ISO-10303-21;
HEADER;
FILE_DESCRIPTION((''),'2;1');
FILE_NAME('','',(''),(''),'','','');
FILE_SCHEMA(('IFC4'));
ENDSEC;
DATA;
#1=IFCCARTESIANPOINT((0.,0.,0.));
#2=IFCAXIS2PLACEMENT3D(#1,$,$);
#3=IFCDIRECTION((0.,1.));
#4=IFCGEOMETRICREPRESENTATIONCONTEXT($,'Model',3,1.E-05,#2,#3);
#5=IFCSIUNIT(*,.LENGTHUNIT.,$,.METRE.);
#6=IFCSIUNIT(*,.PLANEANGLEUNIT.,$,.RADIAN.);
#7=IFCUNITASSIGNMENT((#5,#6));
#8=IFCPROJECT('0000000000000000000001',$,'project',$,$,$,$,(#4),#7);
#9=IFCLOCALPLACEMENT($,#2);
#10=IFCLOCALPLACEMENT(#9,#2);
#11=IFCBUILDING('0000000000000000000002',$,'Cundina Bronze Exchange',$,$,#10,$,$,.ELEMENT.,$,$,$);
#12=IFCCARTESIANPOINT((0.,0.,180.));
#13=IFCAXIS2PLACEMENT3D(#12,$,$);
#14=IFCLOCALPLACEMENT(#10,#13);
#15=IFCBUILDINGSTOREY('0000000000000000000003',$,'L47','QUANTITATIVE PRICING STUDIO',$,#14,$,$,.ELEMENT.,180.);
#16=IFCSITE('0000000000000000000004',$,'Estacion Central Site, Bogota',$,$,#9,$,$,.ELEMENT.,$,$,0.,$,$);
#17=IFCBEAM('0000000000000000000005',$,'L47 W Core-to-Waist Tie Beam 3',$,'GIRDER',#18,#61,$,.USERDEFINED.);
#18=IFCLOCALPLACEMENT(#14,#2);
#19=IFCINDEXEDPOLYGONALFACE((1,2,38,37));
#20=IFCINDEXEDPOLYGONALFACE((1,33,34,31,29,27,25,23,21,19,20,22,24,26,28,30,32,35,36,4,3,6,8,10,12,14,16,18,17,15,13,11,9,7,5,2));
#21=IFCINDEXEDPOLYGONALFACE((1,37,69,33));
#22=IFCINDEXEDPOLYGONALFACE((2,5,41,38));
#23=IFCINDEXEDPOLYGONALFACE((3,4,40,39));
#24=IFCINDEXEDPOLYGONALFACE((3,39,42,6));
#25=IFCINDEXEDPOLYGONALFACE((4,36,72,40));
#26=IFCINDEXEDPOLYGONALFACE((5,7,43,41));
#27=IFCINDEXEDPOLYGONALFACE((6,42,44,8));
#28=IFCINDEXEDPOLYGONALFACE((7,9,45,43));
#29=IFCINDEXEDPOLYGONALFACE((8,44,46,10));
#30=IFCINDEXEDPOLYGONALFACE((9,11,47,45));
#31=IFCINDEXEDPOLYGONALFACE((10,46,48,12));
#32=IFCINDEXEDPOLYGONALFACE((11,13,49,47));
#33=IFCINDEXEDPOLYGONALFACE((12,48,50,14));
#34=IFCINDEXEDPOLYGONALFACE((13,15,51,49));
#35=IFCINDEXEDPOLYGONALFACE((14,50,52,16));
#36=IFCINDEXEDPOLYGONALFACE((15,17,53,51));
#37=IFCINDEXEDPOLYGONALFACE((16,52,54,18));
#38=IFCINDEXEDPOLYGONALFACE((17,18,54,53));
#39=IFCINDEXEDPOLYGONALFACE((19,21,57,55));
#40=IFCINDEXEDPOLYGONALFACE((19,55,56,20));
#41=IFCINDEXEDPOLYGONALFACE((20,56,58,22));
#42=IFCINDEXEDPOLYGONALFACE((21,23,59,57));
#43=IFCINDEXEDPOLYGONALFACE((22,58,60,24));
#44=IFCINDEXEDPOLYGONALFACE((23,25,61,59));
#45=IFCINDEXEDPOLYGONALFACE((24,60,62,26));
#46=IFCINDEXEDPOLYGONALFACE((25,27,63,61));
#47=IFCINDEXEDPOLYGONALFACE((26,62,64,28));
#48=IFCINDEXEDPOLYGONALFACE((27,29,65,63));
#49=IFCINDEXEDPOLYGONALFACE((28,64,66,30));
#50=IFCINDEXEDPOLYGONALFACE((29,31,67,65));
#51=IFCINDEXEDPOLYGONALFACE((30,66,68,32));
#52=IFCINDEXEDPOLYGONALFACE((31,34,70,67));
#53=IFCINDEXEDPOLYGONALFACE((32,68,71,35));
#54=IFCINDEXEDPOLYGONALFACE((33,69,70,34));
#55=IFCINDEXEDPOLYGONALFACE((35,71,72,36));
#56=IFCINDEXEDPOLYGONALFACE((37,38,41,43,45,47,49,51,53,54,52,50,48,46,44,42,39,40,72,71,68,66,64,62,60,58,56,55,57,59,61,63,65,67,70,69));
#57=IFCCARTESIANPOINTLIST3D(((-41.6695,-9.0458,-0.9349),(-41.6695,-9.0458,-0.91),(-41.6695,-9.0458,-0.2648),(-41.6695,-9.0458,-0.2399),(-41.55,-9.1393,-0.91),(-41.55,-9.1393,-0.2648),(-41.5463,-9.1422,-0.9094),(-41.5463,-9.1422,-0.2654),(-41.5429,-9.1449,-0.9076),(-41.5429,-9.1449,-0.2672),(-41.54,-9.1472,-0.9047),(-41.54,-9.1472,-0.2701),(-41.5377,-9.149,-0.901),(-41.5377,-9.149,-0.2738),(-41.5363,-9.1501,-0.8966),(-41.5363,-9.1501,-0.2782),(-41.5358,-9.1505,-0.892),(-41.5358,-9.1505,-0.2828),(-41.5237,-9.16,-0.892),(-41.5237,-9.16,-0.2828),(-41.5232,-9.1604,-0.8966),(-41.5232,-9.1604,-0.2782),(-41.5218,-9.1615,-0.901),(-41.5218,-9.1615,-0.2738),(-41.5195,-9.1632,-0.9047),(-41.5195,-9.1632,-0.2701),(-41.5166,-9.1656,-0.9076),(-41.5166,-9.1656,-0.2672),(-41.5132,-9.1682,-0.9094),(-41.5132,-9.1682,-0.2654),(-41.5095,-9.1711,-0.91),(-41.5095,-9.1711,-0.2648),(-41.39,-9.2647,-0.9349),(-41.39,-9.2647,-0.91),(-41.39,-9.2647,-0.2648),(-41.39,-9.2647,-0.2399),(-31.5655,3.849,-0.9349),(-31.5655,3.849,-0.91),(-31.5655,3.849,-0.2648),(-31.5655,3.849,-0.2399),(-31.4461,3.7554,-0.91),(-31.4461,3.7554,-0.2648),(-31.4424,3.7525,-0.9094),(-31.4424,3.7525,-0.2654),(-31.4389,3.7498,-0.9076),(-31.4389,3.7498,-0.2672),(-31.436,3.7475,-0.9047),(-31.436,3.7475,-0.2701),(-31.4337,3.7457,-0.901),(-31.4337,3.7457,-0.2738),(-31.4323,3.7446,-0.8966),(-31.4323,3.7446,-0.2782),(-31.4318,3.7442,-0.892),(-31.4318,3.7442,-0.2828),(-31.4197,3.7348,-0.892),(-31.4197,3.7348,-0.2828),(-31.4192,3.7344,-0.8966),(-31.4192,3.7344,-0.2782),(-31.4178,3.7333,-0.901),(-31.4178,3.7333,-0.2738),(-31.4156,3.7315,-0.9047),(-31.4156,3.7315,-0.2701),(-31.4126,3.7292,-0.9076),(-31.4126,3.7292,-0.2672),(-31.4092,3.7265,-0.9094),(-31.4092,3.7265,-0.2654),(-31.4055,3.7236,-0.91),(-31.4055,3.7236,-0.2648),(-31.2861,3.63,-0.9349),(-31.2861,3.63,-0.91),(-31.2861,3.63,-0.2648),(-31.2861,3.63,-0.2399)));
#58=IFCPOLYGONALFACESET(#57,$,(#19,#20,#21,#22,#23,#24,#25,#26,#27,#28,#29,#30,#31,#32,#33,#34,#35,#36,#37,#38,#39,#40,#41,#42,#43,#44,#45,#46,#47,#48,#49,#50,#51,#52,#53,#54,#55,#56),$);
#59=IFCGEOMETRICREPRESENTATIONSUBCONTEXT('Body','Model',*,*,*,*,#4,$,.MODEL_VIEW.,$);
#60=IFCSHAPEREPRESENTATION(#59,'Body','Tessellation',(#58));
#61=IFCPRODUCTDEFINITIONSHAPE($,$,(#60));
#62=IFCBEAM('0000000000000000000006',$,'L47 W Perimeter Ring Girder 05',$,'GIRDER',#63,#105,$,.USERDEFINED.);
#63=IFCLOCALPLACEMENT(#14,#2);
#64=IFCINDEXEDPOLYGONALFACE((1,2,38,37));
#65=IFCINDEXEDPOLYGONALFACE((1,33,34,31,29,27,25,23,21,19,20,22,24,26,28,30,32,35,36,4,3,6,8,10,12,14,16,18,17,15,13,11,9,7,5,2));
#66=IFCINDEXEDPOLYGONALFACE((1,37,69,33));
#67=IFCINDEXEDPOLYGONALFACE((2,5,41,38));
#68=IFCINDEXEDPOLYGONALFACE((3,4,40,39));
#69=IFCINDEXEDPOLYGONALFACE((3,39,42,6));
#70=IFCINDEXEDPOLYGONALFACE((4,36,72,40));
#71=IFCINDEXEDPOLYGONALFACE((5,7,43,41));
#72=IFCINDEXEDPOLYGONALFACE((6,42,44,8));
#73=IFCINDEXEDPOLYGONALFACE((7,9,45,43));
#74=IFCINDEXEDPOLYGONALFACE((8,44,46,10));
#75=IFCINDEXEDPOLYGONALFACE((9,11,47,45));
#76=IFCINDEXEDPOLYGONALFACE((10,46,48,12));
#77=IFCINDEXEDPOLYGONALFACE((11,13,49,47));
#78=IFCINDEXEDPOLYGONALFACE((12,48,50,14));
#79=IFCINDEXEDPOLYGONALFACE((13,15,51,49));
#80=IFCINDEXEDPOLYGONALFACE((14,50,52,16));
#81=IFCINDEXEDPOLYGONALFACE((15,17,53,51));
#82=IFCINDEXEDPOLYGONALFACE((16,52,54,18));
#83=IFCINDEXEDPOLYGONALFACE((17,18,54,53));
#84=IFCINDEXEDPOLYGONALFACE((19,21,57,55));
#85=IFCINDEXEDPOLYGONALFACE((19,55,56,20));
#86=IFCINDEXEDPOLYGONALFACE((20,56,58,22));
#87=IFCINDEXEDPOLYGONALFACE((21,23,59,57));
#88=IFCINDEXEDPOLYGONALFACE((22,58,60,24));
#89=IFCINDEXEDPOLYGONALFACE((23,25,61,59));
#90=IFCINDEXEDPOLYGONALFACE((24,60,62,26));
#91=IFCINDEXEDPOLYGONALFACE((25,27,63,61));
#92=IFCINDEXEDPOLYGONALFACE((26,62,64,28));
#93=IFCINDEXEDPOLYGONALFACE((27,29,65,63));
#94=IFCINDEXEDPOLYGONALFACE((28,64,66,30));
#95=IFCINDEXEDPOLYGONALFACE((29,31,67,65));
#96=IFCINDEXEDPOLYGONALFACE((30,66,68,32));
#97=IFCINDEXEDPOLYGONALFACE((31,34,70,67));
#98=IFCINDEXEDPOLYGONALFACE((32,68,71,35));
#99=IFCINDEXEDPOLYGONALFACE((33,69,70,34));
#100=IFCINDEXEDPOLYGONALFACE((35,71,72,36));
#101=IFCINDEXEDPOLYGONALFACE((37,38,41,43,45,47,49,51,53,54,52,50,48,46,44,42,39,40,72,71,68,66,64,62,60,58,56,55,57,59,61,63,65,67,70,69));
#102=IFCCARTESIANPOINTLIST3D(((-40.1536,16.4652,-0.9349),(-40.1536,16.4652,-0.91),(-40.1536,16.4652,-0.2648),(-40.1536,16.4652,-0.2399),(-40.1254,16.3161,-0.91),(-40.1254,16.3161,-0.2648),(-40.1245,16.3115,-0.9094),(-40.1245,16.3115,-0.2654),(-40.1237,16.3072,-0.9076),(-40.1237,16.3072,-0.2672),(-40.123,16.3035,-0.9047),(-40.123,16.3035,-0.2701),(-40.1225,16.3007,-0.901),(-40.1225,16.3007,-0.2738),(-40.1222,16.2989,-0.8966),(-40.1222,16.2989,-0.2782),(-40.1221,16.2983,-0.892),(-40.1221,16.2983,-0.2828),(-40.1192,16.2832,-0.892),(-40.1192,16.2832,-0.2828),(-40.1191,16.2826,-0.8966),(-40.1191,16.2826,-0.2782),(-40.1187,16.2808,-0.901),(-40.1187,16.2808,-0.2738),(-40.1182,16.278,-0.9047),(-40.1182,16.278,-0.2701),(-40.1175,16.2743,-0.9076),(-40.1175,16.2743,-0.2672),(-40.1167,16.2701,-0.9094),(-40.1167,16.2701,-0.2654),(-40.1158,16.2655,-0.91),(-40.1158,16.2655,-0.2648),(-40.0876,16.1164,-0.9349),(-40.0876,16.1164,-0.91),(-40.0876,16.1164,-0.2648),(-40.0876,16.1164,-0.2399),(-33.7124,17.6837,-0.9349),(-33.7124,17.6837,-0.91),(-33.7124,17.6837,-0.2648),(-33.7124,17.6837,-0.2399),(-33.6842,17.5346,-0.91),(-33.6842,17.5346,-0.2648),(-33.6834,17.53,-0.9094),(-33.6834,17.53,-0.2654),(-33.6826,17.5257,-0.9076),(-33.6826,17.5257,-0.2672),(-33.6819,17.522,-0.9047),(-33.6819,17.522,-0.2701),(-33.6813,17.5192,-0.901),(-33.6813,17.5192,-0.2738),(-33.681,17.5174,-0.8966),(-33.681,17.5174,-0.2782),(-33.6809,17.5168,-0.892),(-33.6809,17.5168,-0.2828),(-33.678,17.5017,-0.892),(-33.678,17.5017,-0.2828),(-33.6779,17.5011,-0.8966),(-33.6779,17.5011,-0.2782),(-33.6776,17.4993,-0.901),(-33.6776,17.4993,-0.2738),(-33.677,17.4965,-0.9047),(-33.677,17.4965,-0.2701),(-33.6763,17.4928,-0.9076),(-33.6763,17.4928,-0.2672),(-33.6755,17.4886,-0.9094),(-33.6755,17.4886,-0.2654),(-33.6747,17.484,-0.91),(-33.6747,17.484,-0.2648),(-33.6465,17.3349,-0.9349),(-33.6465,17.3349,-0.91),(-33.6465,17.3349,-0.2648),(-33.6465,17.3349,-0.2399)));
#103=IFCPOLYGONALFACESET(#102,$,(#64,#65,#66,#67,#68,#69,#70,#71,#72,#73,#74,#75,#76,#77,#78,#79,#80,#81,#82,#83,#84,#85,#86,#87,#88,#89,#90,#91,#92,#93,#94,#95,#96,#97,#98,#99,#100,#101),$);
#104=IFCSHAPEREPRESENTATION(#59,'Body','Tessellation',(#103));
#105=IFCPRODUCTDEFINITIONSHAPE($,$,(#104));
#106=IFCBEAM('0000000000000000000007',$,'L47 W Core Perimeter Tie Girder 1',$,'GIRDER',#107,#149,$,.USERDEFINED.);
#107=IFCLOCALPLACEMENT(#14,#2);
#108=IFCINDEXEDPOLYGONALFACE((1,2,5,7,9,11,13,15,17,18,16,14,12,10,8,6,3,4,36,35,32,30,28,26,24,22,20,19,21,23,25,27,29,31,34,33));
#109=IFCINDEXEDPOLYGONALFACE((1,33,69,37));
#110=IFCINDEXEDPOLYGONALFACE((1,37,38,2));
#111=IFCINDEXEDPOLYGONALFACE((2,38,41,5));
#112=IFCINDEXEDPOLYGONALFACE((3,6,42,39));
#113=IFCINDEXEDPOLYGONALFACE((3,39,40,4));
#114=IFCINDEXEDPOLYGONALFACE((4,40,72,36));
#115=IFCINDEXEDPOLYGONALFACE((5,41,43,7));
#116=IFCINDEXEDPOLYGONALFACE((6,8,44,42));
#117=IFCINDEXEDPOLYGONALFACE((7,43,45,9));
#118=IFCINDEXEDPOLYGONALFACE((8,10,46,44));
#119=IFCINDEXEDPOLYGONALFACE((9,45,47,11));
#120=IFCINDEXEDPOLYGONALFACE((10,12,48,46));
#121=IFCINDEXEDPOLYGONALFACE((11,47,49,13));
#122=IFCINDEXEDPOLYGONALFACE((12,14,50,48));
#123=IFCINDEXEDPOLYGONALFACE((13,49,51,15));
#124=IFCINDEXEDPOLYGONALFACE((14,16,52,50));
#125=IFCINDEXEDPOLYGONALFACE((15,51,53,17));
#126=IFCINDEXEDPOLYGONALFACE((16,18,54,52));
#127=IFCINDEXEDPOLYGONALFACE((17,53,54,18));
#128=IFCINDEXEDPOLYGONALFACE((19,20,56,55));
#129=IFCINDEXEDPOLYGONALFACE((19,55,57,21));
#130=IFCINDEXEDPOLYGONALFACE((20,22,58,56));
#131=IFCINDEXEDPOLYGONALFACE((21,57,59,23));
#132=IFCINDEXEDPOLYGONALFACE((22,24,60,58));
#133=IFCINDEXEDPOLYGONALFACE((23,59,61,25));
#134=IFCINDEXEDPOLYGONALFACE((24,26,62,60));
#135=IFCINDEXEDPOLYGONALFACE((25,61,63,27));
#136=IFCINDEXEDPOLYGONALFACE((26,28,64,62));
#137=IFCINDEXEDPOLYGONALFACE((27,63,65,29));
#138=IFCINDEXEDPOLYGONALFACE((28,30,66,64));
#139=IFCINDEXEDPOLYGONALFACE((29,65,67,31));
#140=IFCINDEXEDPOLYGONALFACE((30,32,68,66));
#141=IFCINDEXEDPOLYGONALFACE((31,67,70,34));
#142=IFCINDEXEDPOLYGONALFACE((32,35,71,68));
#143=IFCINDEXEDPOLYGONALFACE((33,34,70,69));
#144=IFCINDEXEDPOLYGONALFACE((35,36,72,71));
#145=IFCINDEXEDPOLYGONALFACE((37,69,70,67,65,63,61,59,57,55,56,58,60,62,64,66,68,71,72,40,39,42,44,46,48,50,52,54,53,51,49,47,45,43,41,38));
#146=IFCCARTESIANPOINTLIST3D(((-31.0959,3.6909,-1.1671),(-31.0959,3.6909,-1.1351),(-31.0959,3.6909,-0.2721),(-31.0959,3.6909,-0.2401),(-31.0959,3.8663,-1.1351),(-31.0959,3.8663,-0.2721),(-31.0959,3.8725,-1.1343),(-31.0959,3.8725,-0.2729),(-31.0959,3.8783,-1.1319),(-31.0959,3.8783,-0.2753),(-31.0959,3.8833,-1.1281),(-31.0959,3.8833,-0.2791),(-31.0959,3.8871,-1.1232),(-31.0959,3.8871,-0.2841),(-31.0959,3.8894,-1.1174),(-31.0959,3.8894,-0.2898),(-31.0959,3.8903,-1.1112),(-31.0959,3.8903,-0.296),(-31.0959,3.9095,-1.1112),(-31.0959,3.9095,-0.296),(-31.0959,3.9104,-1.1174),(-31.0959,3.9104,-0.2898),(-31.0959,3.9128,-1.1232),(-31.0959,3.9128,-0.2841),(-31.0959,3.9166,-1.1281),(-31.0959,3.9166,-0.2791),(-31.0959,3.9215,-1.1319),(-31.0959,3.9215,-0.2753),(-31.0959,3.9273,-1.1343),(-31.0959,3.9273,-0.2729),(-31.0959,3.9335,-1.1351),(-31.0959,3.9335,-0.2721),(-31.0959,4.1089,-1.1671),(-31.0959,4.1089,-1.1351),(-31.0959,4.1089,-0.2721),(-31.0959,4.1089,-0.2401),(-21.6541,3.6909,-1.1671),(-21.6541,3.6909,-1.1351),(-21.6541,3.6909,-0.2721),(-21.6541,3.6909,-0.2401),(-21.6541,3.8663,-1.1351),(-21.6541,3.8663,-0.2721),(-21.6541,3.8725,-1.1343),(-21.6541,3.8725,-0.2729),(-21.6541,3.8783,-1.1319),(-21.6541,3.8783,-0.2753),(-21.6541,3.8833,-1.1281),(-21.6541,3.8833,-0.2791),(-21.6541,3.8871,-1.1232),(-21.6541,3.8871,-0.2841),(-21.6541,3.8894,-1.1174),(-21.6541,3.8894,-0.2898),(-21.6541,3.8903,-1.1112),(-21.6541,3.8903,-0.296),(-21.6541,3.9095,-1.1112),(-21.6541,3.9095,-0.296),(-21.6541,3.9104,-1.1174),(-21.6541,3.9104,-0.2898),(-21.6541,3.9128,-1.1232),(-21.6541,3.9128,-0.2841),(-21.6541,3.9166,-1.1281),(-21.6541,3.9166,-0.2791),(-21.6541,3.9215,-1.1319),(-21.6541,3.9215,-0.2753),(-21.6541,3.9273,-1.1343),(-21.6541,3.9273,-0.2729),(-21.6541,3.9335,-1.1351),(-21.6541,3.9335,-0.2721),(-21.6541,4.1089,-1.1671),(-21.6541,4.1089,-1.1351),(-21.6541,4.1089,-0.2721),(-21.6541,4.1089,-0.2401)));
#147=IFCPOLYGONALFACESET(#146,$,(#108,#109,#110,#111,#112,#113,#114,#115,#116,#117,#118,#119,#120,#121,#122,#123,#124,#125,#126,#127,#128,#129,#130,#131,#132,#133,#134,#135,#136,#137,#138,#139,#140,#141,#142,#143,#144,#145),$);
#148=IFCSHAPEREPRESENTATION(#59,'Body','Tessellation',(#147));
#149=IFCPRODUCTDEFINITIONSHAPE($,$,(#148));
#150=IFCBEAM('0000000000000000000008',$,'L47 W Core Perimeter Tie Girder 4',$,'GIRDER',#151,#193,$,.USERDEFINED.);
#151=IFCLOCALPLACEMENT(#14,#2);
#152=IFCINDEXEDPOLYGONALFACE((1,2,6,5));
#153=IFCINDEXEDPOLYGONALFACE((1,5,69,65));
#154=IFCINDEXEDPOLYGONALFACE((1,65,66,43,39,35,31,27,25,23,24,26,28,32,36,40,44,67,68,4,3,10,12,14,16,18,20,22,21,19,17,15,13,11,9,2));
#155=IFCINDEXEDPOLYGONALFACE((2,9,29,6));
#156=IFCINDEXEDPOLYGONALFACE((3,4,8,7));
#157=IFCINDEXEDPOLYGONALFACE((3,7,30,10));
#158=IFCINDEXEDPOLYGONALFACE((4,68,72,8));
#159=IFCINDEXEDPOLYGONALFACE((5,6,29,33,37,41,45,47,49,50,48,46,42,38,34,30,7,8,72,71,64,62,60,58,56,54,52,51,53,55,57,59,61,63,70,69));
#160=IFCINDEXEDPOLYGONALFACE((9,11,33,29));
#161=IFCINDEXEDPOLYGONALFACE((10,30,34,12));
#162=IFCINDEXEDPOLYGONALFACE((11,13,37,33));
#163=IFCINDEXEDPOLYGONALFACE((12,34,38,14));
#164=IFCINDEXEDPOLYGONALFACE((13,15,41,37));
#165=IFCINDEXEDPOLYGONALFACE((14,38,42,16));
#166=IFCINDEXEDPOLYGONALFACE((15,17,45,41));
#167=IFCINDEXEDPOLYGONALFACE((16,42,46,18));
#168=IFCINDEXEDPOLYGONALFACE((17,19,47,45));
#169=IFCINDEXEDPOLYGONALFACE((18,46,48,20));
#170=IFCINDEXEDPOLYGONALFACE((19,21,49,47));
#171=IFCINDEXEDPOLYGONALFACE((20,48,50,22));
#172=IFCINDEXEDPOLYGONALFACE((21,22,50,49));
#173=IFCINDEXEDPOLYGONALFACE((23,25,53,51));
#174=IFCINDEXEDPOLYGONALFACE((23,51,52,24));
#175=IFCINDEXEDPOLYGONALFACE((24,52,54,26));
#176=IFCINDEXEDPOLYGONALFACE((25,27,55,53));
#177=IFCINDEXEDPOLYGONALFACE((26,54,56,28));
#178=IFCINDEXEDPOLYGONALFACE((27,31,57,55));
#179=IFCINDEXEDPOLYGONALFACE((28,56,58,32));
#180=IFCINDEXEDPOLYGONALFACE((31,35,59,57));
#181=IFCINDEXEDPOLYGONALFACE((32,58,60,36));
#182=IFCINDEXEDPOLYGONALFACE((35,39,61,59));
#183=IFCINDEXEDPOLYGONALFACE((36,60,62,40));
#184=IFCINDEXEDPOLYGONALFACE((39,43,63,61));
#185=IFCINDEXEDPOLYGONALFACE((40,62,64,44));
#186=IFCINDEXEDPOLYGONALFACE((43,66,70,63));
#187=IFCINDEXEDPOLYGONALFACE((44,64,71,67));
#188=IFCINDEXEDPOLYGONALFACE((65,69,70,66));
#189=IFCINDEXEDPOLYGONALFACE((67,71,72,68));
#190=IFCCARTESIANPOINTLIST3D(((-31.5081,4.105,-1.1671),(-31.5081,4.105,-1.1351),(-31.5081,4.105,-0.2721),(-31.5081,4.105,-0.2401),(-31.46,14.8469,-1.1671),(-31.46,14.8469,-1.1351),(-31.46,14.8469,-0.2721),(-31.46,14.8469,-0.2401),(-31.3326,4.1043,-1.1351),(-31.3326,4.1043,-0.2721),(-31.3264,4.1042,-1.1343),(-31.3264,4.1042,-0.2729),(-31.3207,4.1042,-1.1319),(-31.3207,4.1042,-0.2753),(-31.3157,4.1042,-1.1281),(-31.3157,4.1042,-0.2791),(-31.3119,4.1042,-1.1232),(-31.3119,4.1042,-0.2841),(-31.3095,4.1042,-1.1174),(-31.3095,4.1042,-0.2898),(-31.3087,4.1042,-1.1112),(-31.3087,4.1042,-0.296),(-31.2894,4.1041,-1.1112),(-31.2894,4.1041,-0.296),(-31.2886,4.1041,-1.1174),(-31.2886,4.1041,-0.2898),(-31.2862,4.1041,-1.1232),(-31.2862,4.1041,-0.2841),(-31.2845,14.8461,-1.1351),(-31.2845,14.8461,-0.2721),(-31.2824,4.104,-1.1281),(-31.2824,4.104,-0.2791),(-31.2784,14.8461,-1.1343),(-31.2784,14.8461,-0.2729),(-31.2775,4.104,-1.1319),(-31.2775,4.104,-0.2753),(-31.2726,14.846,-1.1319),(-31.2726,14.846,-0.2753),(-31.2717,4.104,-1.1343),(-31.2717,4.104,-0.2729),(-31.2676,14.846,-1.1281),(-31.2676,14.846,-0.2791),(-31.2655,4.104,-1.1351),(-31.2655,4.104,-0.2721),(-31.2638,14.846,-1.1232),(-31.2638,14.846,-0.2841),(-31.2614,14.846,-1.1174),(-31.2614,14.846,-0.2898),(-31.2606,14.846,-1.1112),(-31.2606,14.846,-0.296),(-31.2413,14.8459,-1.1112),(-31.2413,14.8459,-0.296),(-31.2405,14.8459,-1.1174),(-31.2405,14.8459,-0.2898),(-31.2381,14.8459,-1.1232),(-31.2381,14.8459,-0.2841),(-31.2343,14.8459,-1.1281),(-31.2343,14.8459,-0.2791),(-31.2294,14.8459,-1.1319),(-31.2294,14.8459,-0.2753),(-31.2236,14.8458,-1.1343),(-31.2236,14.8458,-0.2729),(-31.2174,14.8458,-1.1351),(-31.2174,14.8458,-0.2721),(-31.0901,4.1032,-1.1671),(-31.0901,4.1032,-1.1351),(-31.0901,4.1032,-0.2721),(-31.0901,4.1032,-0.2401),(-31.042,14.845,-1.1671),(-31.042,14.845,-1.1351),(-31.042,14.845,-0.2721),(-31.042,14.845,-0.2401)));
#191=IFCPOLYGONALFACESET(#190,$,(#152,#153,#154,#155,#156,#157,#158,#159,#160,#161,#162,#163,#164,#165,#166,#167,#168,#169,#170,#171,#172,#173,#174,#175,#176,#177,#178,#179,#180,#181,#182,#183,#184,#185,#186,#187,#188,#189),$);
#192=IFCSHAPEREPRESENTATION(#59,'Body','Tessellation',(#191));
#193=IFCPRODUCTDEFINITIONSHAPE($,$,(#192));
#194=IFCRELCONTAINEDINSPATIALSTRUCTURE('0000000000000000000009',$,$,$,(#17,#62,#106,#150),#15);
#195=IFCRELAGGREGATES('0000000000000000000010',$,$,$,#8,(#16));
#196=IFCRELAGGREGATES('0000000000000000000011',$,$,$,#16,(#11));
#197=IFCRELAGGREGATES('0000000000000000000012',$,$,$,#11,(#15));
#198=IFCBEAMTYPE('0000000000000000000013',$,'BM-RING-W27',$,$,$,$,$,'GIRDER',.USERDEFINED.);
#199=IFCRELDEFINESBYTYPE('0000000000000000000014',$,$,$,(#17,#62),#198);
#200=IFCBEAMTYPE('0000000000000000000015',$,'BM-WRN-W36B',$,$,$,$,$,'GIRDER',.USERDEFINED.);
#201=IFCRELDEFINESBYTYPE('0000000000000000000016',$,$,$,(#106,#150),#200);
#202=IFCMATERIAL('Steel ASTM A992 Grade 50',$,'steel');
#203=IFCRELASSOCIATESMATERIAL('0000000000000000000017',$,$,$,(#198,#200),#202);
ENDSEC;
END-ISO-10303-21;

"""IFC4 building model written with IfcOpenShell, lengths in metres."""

from ifc_helpers import new_model, si_unit, direction, frame, origin, origin_2d, place, context, subcontext, project, spatial, i_section, extrude, material, material_profile, profile_set, type_object, element, save


model = new_model("IFC4")

# Units and contexts
model_context = context("Model", 3, precision=1e-05, world=origin(), true_north=direction((0.0, 1.0)))
body_context = subcontext(model_context, "Body", "Model", "MODEL_VIEW")
ifc_project = project(units=[si_unit("LENGTHUNIT", "METRE"), si_unit("PLANEANGLEUNIT", "RADIAN")], contexts=[model_context])

# Site, building, storey
site_placement = place(None, origin())
site = spatial("IfcSite", under=ifc_project, at=site_placement, Name="Estacion Central Site, Bogota", CompositionType="ELEMENT", RefElevation=0.0)
building_placement = place(site_placement, origin())
building = spatial("IfcBuilding", under=site, at=building_placement, Name="Cundina Bronze Exchange", CompositionType="ELEMENT")
storey_placement = place(building_placement, frame((0.0, 0.0, 180.0)))
storey = spatial("IfcBuildingStorey", under=building, at=storey_placement, Name="L47", Description="QUANTITATIVE PRICING STUDIO", CompositionType="ELEMENT", Elevation=180.0)

# Shared definitions
ifc_material_1 = material(Name="Steel ASTM A992 Grade 50", Category="steel")

# Beams
ifc_material_profile_1 = material_profile(ifc_material_1, i_section(OverallWidth=0.355, OverallDepth=0.6951, WebThickness=0.0154, FlangeThickness=0.0249, FilletRadius=0.0181, at=origin_2d()), Name="W27X146", Category="steel")
ifc_profile_set_1 = profile_set([ifc_material_profile_1], Name="Steel ASTM A992 Grade 50")
beam_type_1 = type_object("IfcBeamType", Name="BM-RING-W27", ElementType="GIRDER", PredefinedType="USERDEFINED", material=ifc_profile_set_1)
beam_1_placement = place(storey_placement, frame((-31.4258, 3.7395, -0.5874), z_axis=(-0.616779, -0.787136, 0.0), x_axis=(0.787136, -0.616779, 0.0)))
element("IfcBeam", 1, at=beam_1_placement, inside=storey, type_object=beam_type_1, Name="L47 W Core-to-Waist Tie Beam 3", ObjectType="GIRDER", PredefinedType="USERDEFINED", context=body_context, shape_type="SweptSolid", body=[
    extrude(i_section(OverallWidth=0.355, OverallDepth=0.6951, WebThickness=0.0154, FlangeThickness=0.0249, FilletRadius=0.0181, at=origin_2d()), origin(), (0.0, 0.0, 1.0), 16.3818),
])
beam_2_placement = place(storey_placement, frame((-33.6794, 17.5093, -0.5874), z_axis=(-0.982573, -0.185878, 0.0), x_axis=(0.185878, -0.982573, 0.0)))
element("IfcBeam", 2, at=beam_2_placement, inside=storey, type_object=beam_type_1, Name="L47 W Perimeter Ring Girder 05", ObjectType="GIRDER", PredefinedType="USERDEFINED", context=body_context, shape_type="SweptSolid", body=[
    extrude(i_section(OverallWidth=0.355, OverallDepth=0.6951, WebThickness=0.0154, FlangeThickness=0.0249, FilletRadius=0.0181, at=origin_2d()), origin(), (0.0, 0.0, 1.0), 6.5554),
])
ifc_material_profile_2 = material_profile(ifc_material_1, i_section(OverallWidth=0.418, OverallDepth=0.927, WebThickness=0.0193, FlangeThickness=0.032, FilletRadius=0.0239, at=origin_2d()), Name="W36X231", Category="steel")
ifc_profile_set_2 = profile_set([ifc_material_profile_2], Name="Steel ASTM A992 Grade 50")
beam_type_2 = type_object("IfcBeamType", Name="BM-WRN-W36B", ElementType="GIRDER", PredefinedType="USERDEFINED", material=ifc_profile_set_2)
beam_3_placement = place(storey_placement, frame((-31.0959, 3.8999, -0.7036), z_axis=(1.0, 0.0, 0.0), x_axis=(0.0, 1.0, 0.0)))
element("IfcBeam", 3, at=beam_3_placement, inside=storey, type_object=beam_type_2, Name="L47 W Core Perimeter Tie Girder 1", ObjectType="GIRDER", PredefinedType="USERDEFINED", context=body_context, shape_type="SweptSolid", body=[
    extrude(i_section(OverallWidth=0.418, OverallDepth=0.927, WebThickness=0.0193, FlangeThickness=0.032, FilletRadius=0.0239, at=origin_2d()), origin(), (0.0, 0.0, 1.0), 9.4419),
])
beam_4_placement = place(storey_placement, frame((-31.251, 14.8459, -0.7036), z_axis=(-0.004477, -0.99999, 0.0), x_axis=(0.99999, -0.004477, 0.0)))
element("IfcBeam", 4, at=beam_4_placement, inside=storey, type_object=beam_type_2, Name="L47 W Core Perimeter Tie Girder 4", ObjectType="GIRDER", PredefinedType="USERDEFINED", context=body_context, shape_type="SweptSolid", body=[
    extrude(i_section(OverallWidth=0.418, OverallDepth=0.927, WebThickness=0.0193, FlangeThickness=0.032, FilletRadius=0.0239, at=origin_2d()), origin(), (0.0, 0.0, 1.0), 10.7419),
])

save(model, "model.ifc")
